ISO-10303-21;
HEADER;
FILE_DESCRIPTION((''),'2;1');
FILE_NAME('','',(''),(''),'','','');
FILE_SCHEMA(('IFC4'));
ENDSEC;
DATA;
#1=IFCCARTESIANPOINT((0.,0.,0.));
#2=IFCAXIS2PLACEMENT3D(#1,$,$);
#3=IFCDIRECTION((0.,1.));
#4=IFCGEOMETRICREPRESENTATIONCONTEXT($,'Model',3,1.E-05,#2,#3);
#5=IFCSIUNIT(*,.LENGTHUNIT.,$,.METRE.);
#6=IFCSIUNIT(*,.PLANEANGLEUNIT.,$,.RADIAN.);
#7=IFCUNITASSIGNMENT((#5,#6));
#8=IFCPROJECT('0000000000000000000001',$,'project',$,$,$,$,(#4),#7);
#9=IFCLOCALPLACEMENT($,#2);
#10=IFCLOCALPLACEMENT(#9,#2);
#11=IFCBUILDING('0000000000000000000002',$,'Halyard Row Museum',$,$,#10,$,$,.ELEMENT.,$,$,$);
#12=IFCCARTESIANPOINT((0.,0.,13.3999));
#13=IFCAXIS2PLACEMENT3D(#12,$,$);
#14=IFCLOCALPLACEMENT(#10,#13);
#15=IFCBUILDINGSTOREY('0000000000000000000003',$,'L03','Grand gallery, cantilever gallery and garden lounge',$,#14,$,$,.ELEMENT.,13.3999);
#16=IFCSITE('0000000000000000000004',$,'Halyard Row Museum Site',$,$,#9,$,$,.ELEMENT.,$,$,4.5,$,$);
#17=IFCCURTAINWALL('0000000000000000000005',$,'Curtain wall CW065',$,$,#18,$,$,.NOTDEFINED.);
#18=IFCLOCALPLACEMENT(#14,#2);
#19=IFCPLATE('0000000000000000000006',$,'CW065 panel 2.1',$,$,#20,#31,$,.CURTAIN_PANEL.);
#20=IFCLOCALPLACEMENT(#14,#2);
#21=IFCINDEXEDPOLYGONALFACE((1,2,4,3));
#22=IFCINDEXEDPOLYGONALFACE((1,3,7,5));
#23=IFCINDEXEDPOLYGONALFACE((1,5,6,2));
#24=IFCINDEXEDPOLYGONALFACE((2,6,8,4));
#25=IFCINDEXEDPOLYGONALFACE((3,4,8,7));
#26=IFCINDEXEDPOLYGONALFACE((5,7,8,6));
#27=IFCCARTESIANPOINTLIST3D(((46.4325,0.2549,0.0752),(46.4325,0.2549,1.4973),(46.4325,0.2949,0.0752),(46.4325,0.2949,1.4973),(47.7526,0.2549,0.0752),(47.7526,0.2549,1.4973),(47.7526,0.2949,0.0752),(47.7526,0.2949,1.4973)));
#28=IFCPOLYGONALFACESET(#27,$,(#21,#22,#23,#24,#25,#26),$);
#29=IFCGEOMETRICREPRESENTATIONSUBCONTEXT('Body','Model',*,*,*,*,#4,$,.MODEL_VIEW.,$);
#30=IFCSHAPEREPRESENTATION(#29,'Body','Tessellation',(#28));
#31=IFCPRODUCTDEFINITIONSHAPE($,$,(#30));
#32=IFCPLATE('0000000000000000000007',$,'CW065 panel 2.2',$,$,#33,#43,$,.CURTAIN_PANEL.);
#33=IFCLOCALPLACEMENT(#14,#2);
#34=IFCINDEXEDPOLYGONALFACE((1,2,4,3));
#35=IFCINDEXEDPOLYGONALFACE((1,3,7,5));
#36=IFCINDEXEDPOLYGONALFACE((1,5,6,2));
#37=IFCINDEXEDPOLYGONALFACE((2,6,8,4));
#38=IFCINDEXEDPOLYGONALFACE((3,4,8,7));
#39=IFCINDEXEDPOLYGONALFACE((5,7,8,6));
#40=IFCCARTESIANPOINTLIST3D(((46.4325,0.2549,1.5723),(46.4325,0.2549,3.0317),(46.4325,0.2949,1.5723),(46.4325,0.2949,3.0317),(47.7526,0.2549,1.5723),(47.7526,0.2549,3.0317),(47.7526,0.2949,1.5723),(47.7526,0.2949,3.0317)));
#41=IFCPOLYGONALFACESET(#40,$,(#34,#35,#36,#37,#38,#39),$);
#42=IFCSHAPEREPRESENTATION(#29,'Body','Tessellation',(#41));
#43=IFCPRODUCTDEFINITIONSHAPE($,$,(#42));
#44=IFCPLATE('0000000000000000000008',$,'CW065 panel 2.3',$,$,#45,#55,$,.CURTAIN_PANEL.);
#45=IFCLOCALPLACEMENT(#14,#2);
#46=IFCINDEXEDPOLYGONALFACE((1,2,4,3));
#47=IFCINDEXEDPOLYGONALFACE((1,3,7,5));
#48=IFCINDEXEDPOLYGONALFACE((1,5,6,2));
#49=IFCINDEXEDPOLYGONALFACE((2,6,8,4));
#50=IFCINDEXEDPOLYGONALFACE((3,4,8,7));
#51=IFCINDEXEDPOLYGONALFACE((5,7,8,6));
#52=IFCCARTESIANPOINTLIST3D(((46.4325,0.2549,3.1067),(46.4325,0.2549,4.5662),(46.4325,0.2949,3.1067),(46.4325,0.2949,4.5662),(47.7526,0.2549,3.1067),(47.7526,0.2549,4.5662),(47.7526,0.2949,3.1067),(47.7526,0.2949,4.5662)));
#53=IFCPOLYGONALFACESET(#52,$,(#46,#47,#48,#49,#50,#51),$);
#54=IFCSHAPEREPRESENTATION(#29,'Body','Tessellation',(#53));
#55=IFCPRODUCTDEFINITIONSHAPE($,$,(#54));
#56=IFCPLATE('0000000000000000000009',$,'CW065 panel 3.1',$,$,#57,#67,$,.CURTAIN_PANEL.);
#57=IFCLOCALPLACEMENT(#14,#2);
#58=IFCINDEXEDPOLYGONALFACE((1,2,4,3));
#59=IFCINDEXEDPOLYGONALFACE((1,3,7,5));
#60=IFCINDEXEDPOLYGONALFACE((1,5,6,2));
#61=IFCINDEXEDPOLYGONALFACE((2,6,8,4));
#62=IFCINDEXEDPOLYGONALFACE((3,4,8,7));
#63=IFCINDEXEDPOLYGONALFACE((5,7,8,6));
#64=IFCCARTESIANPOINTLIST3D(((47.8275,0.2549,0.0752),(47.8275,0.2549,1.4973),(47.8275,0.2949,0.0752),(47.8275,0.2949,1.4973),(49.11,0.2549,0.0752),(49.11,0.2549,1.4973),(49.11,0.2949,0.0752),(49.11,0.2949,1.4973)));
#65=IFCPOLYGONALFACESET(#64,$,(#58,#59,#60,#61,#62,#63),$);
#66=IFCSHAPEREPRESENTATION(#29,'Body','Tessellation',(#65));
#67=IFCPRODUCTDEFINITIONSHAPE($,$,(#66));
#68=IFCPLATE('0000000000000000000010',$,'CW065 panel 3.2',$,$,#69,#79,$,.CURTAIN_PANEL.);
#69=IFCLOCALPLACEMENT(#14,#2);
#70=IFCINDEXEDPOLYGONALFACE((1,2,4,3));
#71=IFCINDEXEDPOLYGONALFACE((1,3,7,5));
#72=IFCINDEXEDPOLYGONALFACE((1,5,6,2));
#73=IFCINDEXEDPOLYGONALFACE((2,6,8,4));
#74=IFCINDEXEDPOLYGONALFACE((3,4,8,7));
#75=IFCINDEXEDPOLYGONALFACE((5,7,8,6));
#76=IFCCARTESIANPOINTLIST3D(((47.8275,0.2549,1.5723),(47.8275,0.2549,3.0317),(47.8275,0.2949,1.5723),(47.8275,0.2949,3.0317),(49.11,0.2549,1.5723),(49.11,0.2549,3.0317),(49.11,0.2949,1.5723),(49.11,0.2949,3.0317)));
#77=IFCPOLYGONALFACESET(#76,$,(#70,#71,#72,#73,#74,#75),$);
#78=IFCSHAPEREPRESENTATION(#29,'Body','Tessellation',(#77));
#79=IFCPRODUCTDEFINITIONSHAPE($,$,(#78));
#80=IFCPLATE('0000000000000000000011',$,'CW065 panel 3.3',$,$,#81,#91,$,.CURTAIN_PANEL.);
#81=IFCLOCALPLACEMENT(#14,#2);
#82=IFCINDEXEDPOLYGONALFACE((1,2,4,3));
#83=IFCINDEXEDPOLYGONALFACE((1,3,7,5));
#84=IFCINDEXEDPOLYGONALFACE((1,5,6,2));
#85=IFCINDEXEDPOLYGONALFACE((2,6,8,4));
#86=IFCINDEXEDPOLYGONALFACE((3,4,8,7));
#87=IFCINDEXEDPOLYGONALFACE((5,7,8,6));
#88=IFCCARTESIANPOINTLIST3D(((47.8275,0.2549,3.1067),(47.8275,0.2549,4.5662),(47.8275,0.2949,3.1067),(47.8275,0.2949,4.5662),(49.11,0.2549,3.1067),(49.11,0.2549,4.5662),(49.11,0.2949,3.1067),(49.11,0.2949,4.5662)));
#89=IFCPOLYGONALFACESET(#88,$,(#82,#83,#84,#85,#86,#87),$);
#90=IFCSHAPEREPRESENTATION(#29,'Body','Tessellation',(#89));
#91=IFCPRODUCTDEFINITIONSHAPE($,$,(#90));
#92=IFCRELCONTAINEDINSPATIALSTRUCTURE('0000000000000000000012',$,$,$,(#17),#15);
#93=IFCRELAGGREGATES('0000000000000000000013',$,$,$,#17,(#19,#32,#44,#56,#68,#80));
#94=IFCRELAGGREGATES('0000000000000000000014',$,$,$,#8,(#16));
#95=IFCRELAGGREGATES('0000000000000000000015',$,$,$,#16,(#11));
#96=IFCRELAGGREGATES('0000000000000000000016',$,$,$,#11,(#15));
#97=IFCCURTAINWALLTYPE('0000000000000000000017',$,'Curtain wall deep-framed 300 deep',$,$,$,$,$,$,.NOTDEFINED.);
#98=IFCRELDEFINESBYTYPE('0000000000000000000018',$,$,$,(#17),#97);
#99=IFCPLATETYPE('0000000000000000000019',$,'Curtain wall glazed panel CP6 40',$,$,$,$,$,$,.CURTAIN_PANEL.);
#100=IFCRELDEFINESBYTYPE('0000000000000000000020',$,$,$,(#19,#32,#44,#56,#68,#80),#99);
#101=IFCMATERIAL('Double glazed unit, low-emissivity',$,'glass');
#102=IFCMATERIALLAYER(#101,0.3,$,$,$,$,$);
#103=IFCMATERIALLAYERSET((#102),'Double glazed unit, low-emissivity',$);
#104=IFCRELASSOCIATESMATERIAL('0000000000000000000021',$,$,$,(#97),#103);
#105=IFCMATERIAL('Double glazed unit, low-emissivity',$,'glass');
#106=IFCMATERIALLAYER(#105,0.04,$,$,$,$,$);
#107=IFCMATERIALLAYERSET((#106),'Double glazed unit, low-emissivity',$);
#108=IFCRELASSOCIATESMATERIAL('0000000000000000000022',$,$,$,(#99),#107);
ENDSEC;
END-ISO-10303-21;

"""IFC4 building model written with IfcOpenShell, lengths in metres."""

from ifc_helpers import new_model, si_unit, direction, frame, origin, origin_2d, place, context, subcontext, project, spatial, rectangle, extrude, material, layer, layer_set, type_object, element, aggregate, save


model = new_model("IFC4")

# Units and contexts
model_context = context("Model", 3, precision=1e-05, world=origin(), true_north=direction((0.0, 1.0)))
body_context = subcontext(model_context, "Body", "Model", "MODEL_VIEW")
ifc_project = project(units=[si_unit("LENGTHUNIT", "METRE"), si_unit("PLANEANGLEUNIT", "RADIAN")], contexts=[model_context])

# Site, building, storey
site_placement = place(None, origin())
site = spatial("IfcSite", under=ifc_project, at=site_placement, Name="Halyard Row Museum Site", CompositionType="ELEMENT", RefElevation=4.5)
building_placement = place(site_placement, origin())
building = spatial("IfcBuilding", under=site, at=building_placement, Name="Halyard Row Museum", CompositionType="ELEMENT")
storey_placement = place(building_placement, frame((0.0, 0.0, 13.3999)))
storey = spatial("IfcBuildingStorey", under=building, at=storey_placement, Name="L03", Description="Grand gallery, cantilever gallery and garden lounge", CompositionType="ELEMENT", Elevation=13.3999)

# Curtain wall
ifc_material_1 = material(Name="Double glazed unit, low-emissivity", Category="glass")
ifc_layer_1 = layer(ifc_material_1, 0.3)
ifc_layer_set_1 = layer_set([ifc_layer_1], Name="Double glazed unit, low-emissivity")
curtain_wall_type = type_object("IfcCurtainWallType", Name="Curtain wall deep-framed 300 deep", PredefinedType="NOTDEFINED", material=ifc_layer_set_1)
curtain_wall_1_placement = place(storey_placement, origin())
curtain_wall_1 = element("IfcCurtainWall", 1, at=curtain_wall_1_placement, inside=storey, type_object=curtain_wall_type, Name="Curtain wall CW065", PredefinedType="NOTDEFINED")

# Plates
ifc_material_2 = material(Name="Double glazed unit, low-emissivity", Category="glass")
ifc_layer_2 = layer(ifc_material_2, 0.04)
ifc_layer_set_2 = layer_set([ifc_layer_2], Name="Double glazed unit, low-emissivity")
plate_type = type_object("IfcPlateType", Name="Curtain wall glazed panel CP6 40", PredefinedType="CURTAIN_PANEL", material=ifc_layer_set_2)
plate_1_placement = place(storey_placement, frame((47.0925, 0.2749, 0.0752), z_axis=(0.0, 0.0, 1.0), x_axis=(1.0, 0.0, 0.0)))
plate_1 = element("IfcPlate", 2, at=plate_1_placement, type_object=plate_type, Name="CW065 panel 2.1", PredefinedType="CURTAIN_PANEL", context=body_context, shape_type="SweptSolid", body=[
    extrude(rectangle(XDim=1.3201, YDim=0.04, at=origin_2d()), origin(), (0.0, 0.0, 1.0), 1.4221),
])
plate_2_placement = place(storey_placement, frame((47.0925, 0.2749, 1.5723), z_axis=(0.0, 0.0, 1.0), x_axis=(1.0, 0.0, 0.0)))
plate_2 = element("IfcPlate", 3, at=plate_2_placement, type_object=plate_type, Name="CW065 panel 2.2", PredefinedType="CURTAIN_PANEL", context=body_context, shape_type="SweptSolid", body=[
    extrude(rectangle(XDim=1.3201, YDim=0.04, at=origin_2d()), origin(), (0.0, 0.0, 1.0), 1.4595),
])
plate_3_placement = place(storey_placement, frame((47.0925, 0.2749, 3.1067), z_axis=(0.0, 0.0, 1.0), x_axis=(1.0, 0.0, 0.0)))
plate_3 = element("IfcPlate", 4, at=plate_3_placement, type_object=plate_type, Name="CW065 panel 2.3", PredefinedType="CURTAIN_PANEL", context=body_context, shape_type="SweptSolid", body=[
    extrude(rectangle(XDim=1.3201, YDim=0.04, at=origin_2d()), origin(), (0.0, 0.0, 1.0), 1.4595),
])
plate_4_placement = place(storey_placement, frame((48.4688, 0.2749, 0.0752), z_axis=(0.0, 0.0, 1.0), x_axis=(1.0, 0.0, 0.0)))
plate_4 = element("IfcPlate", 5, at=plate_4_placement, type_object=plate_type, Name="CW065 panel 3.1", PredefinedType="CURTAIN_PANEL", context=body_context, shape_type="SweptSolid", body=[
    extrude(rectangle(XDim=1.2825, YDim=0.04, at=origin_2d()), origin(), (0.0, 0.0, 1.0), 1.4221),
])
plate_5_placement = place(storey_placement, frame((48.4688, 0.2749, 1.5723), z_axis=(0.0, 0.0, 1.0), x_axis=(1.0, 0.0, 0.0)))
plate_5 = element("IfcPlate", 6, at=plate_5_placement, type_object=plate_type, Name="CW065 panel 3.2", PredefinedType="CURTAIN_PANEL", context=body_context, shape_type="SweptSolid", body=[
    extrude(rectangle(XDim=1.2825, YDim=0.04, at=origin_2d()), origin(), (0.0, 0.0, 1.0), 1.4595),
])
plate_6_placement = place(storey_placement, frame((48.4688, 0.2749, 3.1067), z_axis=(0.0, 0.0, 1.0), x_axis=(1.0, 0.0, 0.0)))
plate_6 = element("IfcPlate", 7, at=plate_6_placement, type_object=plate_type, Name="CW065 panel 3.3", PredefinedType="CURTAIN_PANEL", context=body_context, shape_type="SweptSolid", body=[
    extrude(rectangle(XDim=1.2825, YDim=0.04, at=origin_2d()), origin(), (0.0, 0.0, 1.0), 1.4595),
])
aggregate(curtain_wall_1, [plate_1, plate_2, plate_3, plate_4, plate_5, plate_6])

save(model, "model.ifc")
